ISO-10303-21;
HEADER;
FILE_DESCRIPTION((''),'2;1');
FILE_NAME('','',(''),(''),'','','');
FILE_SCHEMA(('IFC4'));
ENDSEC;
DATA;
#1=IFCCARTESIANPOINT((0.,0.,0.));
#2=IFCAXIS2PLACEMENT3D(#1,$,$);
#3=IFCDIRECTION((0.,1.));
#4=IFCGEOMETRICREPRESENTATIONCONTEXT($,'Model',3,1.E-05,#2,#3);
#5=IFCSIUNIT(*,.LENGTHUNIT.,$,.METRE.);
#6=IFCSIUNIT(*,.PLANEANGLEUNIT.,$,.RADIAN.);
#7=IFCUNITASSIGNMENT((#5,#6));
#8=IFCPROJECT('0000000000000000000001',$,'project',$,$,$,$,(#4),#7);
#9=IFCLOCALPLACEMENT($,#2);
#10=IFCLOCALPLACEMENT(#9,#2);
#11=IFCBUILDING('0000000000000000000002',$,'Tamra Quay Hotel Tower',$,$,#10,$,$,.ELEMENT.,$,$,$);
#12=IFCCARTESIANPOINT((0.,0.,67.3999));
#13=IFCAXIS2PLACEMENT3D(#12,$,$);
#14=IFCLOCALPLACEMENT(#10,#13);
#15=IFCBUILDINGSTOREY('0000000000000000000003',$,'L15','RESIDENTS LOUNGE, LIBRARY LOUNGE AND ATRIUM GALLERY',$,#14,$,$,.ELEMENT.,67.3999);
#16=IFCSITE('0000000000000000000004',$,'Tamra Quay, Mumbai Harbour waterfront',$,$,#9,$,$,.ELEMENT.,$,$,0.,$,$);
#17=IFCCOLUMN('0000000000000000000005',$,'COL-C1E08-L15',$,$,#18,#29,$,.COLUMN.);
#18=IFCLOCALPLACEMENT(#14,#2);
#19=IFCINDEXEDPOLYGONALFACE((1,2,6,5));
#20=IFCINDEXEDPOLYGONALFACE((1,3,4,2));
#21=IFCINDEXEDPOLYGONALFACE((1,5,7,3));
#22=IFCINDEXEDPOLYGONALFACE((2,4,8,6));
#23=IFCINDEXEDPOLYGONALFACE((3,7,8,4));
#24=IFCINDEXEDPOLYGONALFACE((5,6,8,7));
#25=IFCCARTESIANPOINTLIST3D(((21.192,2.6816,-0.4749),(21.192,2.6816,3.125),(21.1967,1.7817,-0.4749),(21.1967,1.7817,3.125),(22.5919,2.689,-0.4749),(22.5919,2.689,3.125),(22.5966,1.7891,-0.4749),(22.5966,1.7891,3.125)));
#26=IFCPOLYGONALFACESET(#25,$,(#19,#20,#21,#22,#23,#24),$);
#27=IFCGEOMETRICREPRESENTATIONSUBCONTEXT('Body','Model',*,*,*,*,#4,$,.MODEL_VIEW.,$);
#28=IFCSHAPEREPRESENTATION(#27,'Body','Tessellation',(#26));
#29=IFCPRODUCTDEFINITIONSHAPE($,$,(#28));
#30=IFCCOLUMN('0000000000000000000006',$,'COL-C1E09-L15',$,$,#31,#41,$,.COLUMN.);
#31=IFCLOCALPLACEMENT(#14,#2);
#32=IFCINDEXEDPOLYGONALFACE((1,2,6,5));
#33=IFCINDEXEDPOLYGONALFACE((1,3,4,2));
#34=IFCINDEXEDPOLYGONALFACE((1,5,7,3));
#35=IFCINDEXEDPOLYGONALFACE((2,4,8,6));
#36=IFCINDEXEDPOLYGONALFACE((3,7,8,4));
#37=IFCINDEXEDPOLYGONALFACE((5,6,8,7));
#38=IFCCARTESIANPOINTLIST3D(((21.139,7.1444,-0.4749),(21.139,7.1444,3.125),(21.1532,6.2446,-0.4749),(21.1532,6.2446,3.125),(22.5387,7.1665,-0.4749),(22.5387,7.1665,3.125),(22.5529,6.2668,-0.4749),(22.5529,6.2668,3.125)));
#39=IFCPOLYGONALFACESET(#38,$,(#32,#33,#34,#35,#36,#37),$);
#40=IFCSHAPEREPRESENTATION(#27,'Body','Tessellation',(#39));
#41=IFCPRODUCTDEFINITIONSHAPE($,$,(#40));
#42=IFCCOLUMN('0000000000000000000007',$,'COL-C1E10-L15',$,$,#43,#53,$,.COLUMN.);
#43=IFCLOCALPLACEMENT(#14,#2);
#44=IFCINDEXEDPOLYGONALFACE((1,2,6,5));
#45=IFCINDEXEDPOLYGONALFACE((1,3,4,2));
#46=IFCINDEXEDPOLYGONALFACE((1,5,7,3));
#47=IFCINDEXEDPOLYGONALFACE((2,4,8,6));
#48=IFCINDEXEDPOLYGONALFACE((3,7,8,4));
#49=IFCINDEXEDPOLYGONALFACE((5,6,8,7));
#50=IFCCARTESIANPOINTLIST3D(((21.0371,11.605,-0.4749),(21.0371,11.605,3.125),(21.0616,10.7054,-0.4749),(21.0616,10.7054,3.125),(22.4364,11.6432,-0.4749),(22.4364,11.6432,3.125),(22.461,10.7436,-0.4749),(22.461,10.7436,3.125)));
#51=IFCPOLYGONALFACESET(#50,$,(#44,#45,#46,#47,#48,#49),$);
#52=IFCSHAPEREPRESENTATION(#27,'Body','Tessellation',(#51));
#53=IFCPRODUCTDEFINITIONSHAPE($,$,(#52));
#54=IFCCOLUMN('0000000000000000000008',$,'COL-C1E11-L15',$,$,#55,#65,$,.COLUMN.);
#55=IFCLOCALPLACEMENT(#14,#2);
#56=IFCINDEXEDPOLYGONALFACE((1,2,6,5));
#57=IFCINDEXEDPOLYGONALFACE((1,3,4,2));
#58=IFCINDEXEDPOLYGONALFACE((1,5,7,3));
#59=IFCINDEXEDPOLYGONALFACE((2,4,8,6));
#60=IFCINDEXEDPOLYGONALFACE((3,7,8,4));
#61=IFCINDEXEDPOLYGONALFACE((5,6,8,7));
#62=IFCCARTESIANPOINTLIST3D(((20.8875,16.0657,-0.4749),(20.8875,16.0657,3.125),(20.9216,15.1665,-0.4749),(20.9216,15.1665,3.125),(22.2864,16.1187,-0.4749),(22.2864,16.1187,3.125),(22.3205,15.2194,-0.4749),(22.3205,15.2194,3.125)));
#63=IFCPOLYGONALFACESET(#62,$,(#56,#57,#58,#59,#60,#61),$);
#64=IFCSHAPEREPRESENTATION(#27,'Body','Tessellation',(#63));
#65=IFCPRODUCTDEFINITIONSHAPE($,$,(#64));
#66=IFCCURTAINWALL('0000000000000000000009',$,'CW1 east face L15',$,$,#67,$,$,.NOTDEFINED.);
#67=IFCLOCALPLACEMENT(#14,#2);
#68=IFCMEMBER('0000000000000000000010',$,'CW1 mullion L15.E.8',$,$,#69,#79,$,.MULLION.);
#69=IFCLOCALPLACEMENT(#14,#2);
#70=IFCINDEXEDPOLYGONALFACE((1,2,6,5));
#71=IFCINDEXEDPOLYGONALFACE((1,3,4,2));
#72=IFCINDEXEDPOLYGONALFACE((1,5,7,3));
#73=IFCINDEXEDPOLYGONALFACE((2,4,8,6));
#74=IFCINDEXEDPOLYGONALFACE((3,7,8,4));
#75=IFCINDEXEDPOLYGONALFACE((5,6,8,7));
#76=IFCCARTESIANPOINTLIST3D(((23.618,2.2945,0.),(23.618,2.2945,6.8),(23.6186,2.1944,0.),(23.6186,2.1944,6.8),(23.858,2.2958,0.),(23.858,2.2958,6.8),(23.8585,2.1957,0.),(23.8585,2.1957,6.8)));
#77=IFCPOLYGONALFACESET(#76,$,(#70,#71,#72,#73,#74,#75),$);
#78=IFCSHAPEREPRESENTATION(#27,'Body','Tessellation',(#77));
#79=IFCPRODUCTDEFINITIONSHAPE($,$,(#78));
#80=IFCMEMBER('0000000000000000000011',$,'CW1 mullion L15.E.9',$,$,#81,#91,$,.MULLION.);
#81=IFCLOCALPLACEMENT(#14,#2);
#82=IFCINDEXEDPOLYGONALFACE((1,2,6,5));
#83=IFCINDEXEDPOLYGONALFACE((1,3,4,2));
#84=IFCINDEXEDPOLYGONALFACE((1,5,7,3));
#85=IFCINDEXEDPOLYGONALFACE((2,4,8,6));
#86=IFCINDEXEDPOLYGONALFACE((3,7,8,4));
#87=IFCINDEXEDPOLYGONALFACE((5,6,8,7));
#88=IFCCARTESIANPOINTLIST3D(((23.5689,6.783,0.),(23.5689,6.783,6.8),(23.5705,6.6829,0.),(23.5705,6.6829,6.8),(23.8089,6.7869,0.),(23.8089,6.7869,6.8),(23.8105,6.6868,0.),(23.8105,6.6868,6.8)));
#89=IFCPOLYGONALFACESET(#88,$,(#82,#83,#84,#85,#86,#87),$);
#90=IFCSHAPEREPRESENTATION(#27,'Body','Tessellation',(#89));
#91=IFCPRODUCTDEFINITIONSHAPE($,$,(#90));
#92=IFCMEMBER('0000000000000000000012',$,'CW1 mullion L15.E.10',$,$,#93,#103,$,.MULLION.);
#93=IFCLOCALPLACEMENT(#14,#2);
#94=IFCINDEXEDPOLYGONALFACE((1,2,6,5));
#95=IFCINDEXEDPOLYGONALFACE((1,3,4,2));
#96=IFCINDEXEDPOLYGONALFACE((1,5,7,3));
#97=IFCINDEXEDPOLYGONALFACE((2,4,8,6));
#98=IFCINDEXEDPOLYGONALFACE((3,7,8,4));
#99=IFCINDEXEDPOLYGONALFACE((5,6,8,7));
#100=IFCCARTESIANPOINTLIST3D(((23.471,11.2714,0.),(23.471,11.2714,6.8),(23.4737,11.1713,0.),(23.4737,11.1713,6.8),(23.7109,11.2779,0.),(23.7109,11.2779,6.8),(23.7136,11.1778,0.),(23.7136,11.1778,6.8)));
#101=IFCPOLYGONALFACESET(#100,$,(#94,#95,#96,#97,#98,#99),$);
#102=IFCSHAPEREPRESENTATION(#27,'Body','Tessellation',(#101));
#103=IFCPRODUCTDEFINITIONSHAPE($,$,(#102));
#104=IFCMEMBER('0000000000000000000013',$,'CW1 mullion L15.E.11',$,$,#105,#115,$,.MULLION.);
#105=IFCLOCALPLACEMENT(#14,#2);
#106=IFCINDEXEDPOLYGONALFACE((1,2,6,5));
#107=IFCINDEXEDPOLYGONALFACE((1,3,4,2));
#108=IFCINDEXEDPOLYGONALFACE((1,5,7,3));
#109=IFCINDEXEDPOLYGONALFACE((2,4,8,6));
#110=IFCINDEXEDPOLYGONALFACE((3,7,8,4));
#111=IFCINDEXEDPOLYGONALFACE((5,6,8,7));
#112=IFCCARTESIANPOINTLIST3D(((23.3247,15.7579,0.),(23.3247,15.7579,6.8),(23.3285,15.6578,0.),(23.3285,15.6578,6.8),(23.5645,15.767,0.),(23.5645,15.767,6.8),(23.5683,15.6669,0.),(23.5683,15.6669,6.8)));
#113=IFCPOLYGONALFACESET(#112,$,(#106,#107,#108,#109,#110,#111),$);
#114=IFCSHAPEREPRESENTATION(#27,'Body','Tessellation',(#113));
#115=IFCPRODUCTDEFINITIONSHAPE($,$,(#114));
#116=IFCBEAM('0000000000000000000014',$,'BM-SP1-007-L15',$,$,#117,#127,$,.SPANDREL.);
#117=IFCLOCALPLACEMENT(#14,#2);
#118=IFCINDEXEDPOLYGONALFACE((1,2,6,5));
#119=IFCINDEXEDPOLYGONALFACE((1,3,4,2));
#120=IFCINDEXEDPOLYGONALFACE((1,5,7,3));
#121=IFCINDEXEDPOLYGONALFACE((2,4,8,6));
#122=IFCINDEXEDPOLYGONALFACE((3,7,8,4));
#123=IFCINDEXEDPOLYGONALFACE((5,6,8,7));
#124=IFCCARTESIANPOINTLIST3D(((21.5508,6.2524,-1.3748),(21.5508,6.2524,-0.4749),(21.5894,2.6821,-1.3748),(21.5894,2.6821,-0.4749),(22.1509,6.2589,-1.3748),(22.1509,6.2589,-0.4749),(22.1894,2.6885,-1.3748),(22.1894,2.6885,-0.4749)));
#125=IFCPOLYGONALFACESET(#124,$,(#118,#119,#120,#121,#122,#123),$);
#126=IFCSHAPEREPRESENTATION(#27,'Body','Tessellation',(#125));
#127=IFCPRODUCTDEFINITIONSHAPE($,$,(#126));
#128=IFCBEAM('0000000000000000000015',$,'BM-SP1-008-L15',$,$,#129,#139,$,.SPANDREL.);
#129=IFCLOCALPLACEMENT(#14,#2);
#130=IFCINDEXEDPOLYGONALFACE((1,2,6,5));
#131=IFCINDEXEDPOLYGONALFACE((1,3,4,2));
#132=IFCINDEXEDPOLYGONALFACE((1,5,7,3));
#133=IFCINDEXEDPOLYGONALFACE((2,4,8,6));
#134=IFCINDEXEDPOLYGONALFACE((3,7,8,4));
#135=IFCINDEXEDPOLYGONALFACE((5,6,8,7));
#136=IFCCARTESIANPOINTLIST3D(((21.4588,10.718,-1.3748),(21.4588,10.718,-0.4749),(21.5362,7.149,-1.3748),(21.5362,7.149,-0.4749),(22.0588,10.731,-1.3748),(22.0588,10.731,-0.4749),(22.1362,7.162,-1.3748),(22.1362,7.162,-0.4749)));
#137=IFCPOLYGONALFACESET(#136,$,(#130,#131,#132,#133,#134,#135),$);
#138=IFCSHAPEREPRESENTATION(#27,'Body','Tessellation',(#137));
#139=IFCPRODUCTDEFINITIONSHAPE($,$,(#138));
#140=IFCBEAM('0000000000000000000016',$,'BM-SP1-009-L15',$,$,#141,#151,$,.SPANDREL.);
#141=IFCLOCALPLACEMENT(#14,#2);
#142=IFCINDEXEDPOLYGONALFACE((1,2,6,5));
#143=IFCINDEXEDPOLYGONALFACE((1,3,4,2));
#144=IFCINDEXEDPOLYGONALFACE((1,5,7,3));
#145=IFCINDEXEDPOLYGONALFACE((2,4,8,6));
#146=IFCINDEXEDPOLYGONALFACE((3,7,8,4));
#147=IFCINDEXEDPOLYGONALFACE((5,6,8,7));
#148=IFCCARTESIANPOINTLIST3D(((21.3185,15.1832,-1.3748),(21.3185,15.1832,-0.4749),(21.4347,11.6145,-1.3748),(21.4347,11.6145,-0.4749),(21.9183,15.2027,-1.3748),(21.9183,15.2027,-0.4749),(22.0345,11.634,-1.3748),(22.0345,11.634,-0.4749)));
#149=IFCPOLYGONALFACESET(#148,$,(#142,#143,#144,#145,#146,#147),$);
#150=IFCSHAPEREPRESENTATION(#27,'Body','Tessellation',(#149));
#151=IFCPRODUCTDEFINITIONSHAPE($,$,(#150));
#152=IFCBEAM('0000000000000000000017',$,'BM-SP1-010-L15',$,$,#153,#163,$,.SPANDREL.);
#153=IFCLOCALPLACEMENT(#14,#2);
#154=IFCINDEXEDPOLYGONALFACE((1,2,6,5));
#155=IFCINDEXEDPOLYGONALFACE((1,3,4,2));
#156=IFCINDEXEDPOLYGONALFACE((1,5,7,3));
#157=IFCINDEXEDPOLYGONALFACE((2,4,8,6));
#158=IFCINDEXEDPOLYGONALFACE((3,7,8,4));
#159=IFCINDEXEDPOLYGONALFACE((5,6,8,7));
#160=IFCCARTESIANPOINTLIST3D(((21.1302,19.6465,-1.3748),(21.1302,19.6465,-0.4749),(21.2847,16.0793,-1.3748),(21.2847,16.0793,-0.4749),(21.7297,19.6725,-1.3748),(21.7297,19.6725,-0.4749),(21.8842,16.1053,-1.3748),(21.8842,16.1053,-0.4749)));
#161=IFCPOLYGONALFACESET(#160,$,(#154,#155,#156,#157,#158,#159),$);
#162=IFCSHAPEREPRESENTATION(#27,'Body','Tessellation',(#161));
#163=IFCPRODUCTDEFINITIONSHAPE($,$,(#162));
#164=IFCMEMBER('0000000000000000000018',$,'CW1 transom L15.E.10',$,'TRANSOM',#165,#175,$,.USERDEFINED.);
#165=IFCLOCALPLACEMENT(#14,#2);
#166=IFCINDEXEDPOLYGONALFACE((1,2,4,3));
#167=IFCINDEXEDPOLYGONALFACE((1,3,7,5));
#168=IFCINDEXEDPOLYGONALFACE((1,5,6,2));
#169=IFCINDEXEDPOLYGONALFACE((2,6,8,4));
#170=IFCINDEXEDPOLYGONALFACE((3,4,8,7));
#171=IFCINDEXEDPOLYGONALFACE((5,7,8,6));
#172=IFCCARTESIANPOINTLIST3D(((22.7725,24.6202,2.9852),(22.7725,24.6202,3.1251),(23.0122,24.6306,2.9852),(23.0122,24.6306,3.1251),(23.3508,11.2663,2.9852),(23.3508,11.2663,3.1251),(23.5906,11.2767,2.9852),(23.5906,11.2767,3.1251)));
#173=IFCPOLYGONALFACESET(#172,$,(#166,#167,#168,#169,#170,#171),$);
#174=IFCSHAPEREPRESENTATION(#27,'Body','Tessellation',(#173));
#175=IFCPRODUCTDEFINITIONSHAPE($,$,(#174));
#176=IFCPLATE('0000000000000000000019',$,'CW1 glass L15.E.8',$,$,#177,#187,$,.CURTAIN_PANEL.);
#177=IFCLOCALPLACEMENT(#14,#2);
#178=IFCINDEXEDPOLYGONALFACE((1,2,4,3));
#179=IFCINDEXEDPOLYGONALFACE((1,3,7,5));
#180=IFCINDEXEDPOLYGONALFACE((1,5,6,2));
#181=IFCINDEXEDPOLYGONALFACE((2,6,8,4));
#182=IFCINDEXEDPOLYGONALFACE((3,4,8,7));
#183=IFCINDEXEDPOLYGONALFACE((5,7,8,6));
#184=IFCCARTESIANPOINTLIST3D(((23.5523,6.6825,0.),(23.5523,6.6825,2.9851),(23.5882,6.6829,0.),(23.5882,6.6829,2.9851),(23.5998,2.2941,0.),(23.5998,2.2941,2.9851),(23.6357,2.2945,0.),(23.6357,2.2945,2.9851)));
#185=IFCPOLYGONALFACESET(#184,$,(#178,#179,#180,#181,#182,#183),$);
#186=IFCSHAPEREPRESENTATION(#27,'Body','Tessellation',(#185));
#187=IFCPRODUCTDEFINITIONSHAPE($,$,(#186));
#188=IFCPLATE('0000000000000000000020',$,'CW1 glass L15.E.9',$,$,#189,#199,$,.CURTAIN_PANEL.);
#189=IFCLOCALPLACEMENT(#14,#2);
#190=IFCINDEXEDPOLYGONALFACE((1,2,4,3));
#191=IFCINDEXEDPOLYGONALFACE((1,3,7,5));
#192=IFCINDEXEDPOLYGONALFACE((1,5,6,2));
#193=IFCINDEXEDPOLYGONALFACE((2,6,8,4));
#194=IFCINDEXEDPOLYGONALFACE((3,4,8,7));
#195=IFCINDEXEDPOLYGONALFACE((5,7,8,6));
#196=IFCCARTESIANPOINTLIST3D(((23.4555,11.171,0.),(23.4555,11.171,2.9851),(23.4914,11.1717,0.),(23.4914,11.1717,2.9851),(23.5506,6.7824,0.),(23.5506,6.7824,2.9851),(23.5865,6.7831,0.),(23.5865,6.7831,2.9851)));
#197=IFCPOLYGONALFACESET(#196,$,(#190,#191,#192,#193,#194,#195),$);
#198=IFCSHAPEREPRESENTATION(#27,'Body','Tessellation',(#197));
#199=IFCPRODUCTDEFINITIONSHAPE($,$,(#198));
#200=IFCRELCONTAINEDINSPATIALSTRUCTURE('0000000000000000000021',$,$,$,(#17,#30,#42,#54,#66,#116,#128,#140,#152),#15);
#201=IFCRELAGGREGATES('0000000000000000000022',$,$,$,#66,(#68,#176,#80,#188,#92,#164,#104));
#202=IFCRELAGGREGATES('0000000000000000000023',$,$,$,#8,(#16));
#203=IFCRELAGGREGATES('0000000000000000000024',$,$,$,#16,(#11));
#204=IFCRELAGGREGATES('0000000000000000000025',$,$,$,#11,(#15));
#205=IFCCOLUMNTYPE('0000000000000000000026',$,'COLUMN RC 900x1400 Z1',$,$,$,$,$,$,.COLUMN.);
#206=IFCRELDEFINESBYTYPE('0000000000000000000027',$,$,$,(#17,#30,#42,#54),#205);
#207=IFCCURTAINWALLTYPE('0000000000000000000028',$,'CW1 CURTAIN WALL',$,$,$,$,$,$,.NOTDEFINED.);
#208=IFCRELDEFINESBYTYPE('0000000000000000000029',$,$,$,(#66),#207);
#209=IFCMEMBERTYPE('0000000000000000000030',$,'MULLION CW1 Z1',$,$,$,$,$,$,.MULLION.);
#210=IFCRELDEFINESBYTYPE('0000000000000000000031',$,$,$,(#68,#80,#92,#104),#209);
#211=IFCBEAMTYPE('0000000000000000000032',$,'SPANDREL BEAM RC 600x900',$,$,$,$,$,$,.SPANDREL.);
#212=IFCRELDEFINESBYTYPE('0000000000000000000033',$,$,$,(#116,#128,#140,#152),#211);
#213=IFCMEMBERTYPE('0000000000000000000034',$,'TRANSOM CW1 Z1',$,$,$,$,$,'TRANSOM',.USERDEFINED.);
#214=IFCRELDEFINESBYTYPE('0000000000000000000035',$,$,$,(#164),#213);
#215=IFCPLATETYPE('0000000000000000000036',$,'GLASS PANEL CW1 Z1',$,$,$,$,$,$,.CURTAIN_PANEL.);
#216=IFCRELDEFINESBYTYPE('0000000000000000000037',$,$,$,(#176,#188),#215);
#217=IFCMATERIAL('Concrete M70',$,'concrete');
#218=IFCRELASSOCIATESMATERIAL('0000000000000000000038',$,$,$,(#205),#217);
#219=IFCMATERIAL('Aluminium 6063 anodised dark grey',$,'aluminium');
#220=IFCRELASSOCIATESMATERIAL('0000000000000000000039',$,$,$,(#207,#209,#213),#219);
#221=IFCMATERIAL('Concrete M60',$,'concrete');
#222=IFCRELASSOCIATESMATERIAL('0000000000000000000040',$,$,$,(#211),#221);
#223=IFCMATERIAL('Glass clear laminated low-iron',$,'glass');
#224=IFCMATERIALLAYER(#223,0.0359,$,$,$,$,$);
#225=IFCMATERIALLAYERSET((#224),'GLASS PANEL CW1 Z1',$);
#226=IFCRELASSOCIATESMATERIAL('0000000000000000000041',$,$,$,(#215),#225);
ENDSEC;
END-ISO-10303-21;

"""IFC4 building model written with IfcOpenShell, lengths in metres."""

from ifc_helpers import new_model, si_unit, direction, frame, origin, origin_2d, place, context, subcontext, project, spatial, rectangle, extrude, material, layer, layer_set, material_profile, profile_set, type_object, element, aggregate, save


model = new_model("IFC4")

# Units and contexts
model_context = context("Model", 3, precision=1e-05, world=origin(), true_north=direction((0.0, 1.0)))
body_context = subcontext(model_context, "Body", "Model", "MODEL_VIEW")
ifc_project = project(units=[si_unit("LENGTHUNIT", "METRE"), si_unit("PLANEANGLEUNIT", "RADIAN")], contexts=[model_context])

# Site, building, storey
site_placement = place(None, origin())
site = spatial("IfcSite", under=ifc_project, at=site_placement, Name="Tamra Quay, Mumbai Harbour waterfront", CompositionType="ELEMENT", RefElevation=0.0)
building_placement = place(site_placement, origin())
building = spatial("IfcBuilding", under=site, at=building_placement, Name="Tamra Quay Hotel Tower", CompositionType="ELEMENT")
storey_placement = place(building_placement, frame((0.0, 0.0, 67.3999)))
storey = spatial("IfcBuildingStorey", under=building, at=storey_placement, Name="L15", Description="RESIDENTS LOUNGE, LIBRARY LOUNGE AND ATRIUM GALLERY", CompositionType="ELEMENT", Elevation=67.3999)

# Columns
ifc_material_1 = material(Name="Concrete M70", Category="concrete")
ifc_material_profile_1 = material_profile(ifc_material_1, rectangle(XDim=1.3999, YDim=0.8999, at=origin_2d()), Name="COLUMN RC 900x1400 Z1")
ifc_profile_set_1 = profile_set([ifc_material_profile_1], Name="Concrete M70")
column_type = type_object("IfcColumnType", Name="COLUMN RC 900x1400 Z1", PredefinedType="COLUMN", material=ifc_profile_set_1)
for number, where, z_axis, x_axis, name in (
    (1, (21.8943, 2.2354, -0.4749), (0.0, 0.0, 1.0), (0.999986, 0.00528, 0.0), "COL-C1E08-L15"),
    (2, (21.8459, 6.7056, -0.4749), (0.0, 0.0, 1.0), (0.999875, 0.015838, 0.0), "COL-C1E09-L15"),
    (3, (21.749, 11.1743, -0.4749), (0.0, 0.0, 1.0), (0.999628, 0.027269, 0.0), "COL-C1E10-L15"),
    (4, (21.604, 15.6426, -0.4749), (0.0, 0.0, 1.0), (0.999285, 0.037812, 0.0), "COL-C1E11-L15"),
):
    element("IfcColumn", number, at=place(storey_placement, frame(where, z_axis=z_axis, x_axis=x_axis)), inside=storey, type_object=column_type, Name=name, PredefinedType="COLUMN", context=body_context, shape_type="SweptSolid", body=[
        extrude(rectangle(XDim=1.3999, YDim=0.8999, at=origin_2d()), origin(), (0.0, 0.0, 1.0), 3.5999),
    ])

# Curtain wall, members
ifc_material_2 = material(Name="Aluminium 6063 anodised dark grey", Category="aluminium")
curtain_wall_type = type_object("IfcCurtainWallType", Name="CW1 CURTAIN WALL", PredefinedType="NOTDEFINED", material=ifc_material_2)
curtain_wall_placement = place(storey_placement, origin())
curtain_wall = element("IfcCurtainWall", 5, at=curtain_wall_placement, inside=storey, type_object=curtain_wall_type, Name="CW1 east face L15", PredefinedType="NOTDEFINED")
ifc_material_profile_2 = material_profile(ifc_material_2, rectangle(XDim=0.24, YDim=0.1001, at=origin_2d()), Name="MULLION 100X240")
ifc_profile_set_2 = profile_set([ifc_material_profile_2], Name="Aluminium 6063 anodised dark grey")
member_type_1 = type_object("IfcMemberType", Name="MULLION CW1 Z1", PredefinedType="MULLION", material=ifc_profile_set_2)
member_1_placement = place(storey_placement, frame((23.7383, 2.2451, 0.0), z_axis=(0.0, 0.0, 1.0), x_axis=(0.999985, 0.005418, 0.0)))
member_1 = element("IfcMember", 6, at=member_1_placement, type_object=member_type_1, Name="CW1 mullion L15.E.8", PredefinedType="MULLION", context=body_context, shape_type="SweptSolid", body=[
    extrude(rectangle(XDim=0.24, YDim=0.1001, at=origin_2d()), origin(), (0.0, 0.0, 1.0), 6.8),
])
member_2_placement = place(storey_placement, frame((23.6897, 6.7349, 0.0), z_axis=(0.0, 0.0, 1.0), x_axis=(0.999868, 0.016247, 0.0)))
member_2 = element("IfcMember", 7, at=member_2_placement, type_object=member_type_1, Name="CW1 mullion L15.E.9", PredefinedType="MULLION", context=body_context, shape_type="SweptSolid", body=[
    extrude(rectangle(XDim=0.24, YDim=0.1001, at=origin_2d()), origin(), (0.0, 0.0, 1.0), 6.8),
])
member_3_placement = place(storey_placement, frame((23.5923, 11.2246, 0.0), z_axis=(0.0, 0.0, 1.0), x_axis=(0.999634, 0.027067, 0.0)))
member_3 = element("IfcMember", 8, at=member_3_placement, type_object=member_type_1, Name="CW1 mullion L15.E.10", PredefinedType="MULLION", context=body_context, shape_type="SweptSolid", body=[
    extrude(rectangle(XDim=0.24, YDim=0.1001, at=origin_2d()), origin(), (0.0, 0.0, 1.0), 6.8),
])
member_4_placement = place(storey_placement, frame((23.4465, 15.7124, 0.0), z_axis=(0.0, 0.0, 1.0), x_axis=(0.999282, 0.037881, 0.0)))
member_4 = element("IfcMember", 9, at=member_4_placement, type_object=member_type_1, Name="CW1 mullion L15.E.11", PredefinedType="MULLION", context=body_context, shape_type="SweptSolid", body=[
    extrude(rectangle(XDim=0.24, YDim=0.1001, at=origin_2d()), origin(), (0.0, 0.0, 1.0), 6.8),
])

# Beams
ifc_material_3 = material(Name="Concrete M60", Category="concrete")
ifc_material_profile_3 = material_profile(ifc_material_3, rectangle(XDim=0.6001, YDim=0.8999, at=origin_2d()), Name="SPANDREL BEAM RC 600x900")
ifc_profile_set_3 = profile_set([ifc_material_profile_3], Name="Concrete M60")
beam_type = type_object("IfcBeamType", Name="SPANDREL BEAM RC 600x900", PredefinedType="SPANDREL", material=ifc_profile_set_3)
beam_1_placement = place(storey_placement, frame((21.8894, 2.6853, -0.9248), z_axis=(-0.010804, 0.999942, 0.0), x_axis=(-0.999942, -0.010804, 0.0)))
element("IfcBeam", 10, at=beam_1_placement, inside=storey, type_object=beam_type, Name="BM-SP1-007-L15", PredefinedType="SPANDREL", context=body_context, shape_type="SweptSolid", body=[
    extrude(rectangle(XDim=0.6001, YDim=0.8999, at=origin_2d()), origin(), (0.0, 0.0, 1.0), 3.5706),
])
beam_2_placement = place(storey_placement, frame((21.8362, 7.1555, -0.9248), z_axis=(-0.021679, 0.999765, 0.0), x_axis=(-0.999765, -0.021679, 0.0)))
element("IfcBeam", 11, at=beam_2_placement, inside=storey, type_object=beam_type, Name="BM-SP1-008-L15", PredefinedType="SPANDREL", context=body_context, shape_type="SweptSolid", body=[
    extrude(rectangle(XDim=0.6001, YDim=0.8999, at=origin_2d()), origin(), (0.0, 0.0, 1.0), 3.5698),
])
for number, where, z_axis, x_axis, name in (
    (12, (21.7346, 11.6243, -0.9248), (-0.032548, 0.99947, 0.0), (-0.99947, -0.032548, 0.0), "BM-SP1-009-L15"),
    (13, (21.5845, 16.0923, -0.9248), (-0.043283, 0.999063, 0.0), (-0.999063, -0.043283, 0.0), "BM-SP1-010-L15"),
):
    element("IfcBeam", number, at=place(storey_placement, frame(where, z_axis=z_axis, x_axis=x_axis)), inside=storey, type_object=beam_type, Name=name, PredefinedType="SPANDREL", context=body_context, shape_type="SweptSolid", body=[
        extrude(rectangle(XDim=0.6001, YDim=0.8999, at=origin_2d()), origin(), (0.0, 0.0, 1.0), 3.5706),
    ])

# Member
ifc_material_profile_4 = material_profile(ifc_material_2, rectangle(XDim=0.24, YDim=0.1399, at=origin_2d()), Name="TRANSOM 240X140")
ifc_profile_set_4 = profile_set([ifc_material_profile_4], Name="Aluminium 6063 anodised dark grey")
member_type_2 = type_object("IfcMemberType", Name="TRANSOM CW1 Z1", ElementType="TRANSOM", PredefinedType="USERDEFINED", material=ifc_profile_set_4)
member_5_placement = place(storey_placement, frame((23.4707, 11.2715, 3.0552), z_axis=(-0.04327, 0.999063, 0.0), x_axis=(-0.999063, -0.04327, 0.0)))
member_5 = element("IfcMember", 14, at=member_5_placement, type_object=member_type_2, Name="CW1 transom L15.E.10", ObjectType="TRANSOM", PredefinedType="USERDEFINED", context=body_context, shape_type="SweptSolid", body=[
    extrude(rectangle(XDim=0.24, YDim=0.1399, at=origin_2d()), origin(), (0.0, 0.0, 1.0), 13.3665),
])

# Plates
ifc_material_4 = material(Name="Glass clear laminated low-iron", Category="glass")
ifc_layer_1 = layer(ifc_material_4, 0.0359)
ifc_layer_set_1 = layer_set([ifc_layer_1], Name="GLASS PANEL CW1 Z1")
plate_type = type_object("IfcPlateType", Name="GLASS PANEL CW1 Z1", PredefinedType="CURTAIN_PANEL", material=ifc_layer_set_1)
plate_1_placement = place(storey_placement, frame((23.594, 4.4885, 0.0), z_axis=(0.0, 0.0, 1.0), x_axis=(-0.010836, 0.999941, 0.0)))
plate_1 = element("IfcPlate", 15, at=plate_1_placement, type_object=plate_type, Name="CW1 glass L15.E.8", PredefinedType="CURTAIN_PANEL", context=body_context, shape_type="SweptSolid", body=[
    extrude(rectangle(XDim=4.3887, YDim=0.0359, at=origin_2d()), origin(), (0.0, 0.0, 1.0), 2.9851),
])
plate_2_placement = place(storey_placement, frame((23.521, 8.9771, 0.0), z_axis=(0.0, 0.0, 1.0), x_axis=(-0.021658, 0.999765, 0.0)))
plate_2 = element("IfcPlate", 16, at=plate_2_placement, type_object=plate_type, Name="CW1 glass L15.E.9", PredefinedType="CURTAIN_PANEL", context=body_context, shape_type="SweptSolid", body=[
    extrude(rectangle(XDim=4.3896, YDim=0.0359, at=origin_2d()), origin(), (0.0, 0.0, 1.0), 2.9851),
])
aggregate(curtain_wall, [member_1, plate_1, member_2, plate_2, member_3, member_5, member_4])

save(model, "model.ifc")
